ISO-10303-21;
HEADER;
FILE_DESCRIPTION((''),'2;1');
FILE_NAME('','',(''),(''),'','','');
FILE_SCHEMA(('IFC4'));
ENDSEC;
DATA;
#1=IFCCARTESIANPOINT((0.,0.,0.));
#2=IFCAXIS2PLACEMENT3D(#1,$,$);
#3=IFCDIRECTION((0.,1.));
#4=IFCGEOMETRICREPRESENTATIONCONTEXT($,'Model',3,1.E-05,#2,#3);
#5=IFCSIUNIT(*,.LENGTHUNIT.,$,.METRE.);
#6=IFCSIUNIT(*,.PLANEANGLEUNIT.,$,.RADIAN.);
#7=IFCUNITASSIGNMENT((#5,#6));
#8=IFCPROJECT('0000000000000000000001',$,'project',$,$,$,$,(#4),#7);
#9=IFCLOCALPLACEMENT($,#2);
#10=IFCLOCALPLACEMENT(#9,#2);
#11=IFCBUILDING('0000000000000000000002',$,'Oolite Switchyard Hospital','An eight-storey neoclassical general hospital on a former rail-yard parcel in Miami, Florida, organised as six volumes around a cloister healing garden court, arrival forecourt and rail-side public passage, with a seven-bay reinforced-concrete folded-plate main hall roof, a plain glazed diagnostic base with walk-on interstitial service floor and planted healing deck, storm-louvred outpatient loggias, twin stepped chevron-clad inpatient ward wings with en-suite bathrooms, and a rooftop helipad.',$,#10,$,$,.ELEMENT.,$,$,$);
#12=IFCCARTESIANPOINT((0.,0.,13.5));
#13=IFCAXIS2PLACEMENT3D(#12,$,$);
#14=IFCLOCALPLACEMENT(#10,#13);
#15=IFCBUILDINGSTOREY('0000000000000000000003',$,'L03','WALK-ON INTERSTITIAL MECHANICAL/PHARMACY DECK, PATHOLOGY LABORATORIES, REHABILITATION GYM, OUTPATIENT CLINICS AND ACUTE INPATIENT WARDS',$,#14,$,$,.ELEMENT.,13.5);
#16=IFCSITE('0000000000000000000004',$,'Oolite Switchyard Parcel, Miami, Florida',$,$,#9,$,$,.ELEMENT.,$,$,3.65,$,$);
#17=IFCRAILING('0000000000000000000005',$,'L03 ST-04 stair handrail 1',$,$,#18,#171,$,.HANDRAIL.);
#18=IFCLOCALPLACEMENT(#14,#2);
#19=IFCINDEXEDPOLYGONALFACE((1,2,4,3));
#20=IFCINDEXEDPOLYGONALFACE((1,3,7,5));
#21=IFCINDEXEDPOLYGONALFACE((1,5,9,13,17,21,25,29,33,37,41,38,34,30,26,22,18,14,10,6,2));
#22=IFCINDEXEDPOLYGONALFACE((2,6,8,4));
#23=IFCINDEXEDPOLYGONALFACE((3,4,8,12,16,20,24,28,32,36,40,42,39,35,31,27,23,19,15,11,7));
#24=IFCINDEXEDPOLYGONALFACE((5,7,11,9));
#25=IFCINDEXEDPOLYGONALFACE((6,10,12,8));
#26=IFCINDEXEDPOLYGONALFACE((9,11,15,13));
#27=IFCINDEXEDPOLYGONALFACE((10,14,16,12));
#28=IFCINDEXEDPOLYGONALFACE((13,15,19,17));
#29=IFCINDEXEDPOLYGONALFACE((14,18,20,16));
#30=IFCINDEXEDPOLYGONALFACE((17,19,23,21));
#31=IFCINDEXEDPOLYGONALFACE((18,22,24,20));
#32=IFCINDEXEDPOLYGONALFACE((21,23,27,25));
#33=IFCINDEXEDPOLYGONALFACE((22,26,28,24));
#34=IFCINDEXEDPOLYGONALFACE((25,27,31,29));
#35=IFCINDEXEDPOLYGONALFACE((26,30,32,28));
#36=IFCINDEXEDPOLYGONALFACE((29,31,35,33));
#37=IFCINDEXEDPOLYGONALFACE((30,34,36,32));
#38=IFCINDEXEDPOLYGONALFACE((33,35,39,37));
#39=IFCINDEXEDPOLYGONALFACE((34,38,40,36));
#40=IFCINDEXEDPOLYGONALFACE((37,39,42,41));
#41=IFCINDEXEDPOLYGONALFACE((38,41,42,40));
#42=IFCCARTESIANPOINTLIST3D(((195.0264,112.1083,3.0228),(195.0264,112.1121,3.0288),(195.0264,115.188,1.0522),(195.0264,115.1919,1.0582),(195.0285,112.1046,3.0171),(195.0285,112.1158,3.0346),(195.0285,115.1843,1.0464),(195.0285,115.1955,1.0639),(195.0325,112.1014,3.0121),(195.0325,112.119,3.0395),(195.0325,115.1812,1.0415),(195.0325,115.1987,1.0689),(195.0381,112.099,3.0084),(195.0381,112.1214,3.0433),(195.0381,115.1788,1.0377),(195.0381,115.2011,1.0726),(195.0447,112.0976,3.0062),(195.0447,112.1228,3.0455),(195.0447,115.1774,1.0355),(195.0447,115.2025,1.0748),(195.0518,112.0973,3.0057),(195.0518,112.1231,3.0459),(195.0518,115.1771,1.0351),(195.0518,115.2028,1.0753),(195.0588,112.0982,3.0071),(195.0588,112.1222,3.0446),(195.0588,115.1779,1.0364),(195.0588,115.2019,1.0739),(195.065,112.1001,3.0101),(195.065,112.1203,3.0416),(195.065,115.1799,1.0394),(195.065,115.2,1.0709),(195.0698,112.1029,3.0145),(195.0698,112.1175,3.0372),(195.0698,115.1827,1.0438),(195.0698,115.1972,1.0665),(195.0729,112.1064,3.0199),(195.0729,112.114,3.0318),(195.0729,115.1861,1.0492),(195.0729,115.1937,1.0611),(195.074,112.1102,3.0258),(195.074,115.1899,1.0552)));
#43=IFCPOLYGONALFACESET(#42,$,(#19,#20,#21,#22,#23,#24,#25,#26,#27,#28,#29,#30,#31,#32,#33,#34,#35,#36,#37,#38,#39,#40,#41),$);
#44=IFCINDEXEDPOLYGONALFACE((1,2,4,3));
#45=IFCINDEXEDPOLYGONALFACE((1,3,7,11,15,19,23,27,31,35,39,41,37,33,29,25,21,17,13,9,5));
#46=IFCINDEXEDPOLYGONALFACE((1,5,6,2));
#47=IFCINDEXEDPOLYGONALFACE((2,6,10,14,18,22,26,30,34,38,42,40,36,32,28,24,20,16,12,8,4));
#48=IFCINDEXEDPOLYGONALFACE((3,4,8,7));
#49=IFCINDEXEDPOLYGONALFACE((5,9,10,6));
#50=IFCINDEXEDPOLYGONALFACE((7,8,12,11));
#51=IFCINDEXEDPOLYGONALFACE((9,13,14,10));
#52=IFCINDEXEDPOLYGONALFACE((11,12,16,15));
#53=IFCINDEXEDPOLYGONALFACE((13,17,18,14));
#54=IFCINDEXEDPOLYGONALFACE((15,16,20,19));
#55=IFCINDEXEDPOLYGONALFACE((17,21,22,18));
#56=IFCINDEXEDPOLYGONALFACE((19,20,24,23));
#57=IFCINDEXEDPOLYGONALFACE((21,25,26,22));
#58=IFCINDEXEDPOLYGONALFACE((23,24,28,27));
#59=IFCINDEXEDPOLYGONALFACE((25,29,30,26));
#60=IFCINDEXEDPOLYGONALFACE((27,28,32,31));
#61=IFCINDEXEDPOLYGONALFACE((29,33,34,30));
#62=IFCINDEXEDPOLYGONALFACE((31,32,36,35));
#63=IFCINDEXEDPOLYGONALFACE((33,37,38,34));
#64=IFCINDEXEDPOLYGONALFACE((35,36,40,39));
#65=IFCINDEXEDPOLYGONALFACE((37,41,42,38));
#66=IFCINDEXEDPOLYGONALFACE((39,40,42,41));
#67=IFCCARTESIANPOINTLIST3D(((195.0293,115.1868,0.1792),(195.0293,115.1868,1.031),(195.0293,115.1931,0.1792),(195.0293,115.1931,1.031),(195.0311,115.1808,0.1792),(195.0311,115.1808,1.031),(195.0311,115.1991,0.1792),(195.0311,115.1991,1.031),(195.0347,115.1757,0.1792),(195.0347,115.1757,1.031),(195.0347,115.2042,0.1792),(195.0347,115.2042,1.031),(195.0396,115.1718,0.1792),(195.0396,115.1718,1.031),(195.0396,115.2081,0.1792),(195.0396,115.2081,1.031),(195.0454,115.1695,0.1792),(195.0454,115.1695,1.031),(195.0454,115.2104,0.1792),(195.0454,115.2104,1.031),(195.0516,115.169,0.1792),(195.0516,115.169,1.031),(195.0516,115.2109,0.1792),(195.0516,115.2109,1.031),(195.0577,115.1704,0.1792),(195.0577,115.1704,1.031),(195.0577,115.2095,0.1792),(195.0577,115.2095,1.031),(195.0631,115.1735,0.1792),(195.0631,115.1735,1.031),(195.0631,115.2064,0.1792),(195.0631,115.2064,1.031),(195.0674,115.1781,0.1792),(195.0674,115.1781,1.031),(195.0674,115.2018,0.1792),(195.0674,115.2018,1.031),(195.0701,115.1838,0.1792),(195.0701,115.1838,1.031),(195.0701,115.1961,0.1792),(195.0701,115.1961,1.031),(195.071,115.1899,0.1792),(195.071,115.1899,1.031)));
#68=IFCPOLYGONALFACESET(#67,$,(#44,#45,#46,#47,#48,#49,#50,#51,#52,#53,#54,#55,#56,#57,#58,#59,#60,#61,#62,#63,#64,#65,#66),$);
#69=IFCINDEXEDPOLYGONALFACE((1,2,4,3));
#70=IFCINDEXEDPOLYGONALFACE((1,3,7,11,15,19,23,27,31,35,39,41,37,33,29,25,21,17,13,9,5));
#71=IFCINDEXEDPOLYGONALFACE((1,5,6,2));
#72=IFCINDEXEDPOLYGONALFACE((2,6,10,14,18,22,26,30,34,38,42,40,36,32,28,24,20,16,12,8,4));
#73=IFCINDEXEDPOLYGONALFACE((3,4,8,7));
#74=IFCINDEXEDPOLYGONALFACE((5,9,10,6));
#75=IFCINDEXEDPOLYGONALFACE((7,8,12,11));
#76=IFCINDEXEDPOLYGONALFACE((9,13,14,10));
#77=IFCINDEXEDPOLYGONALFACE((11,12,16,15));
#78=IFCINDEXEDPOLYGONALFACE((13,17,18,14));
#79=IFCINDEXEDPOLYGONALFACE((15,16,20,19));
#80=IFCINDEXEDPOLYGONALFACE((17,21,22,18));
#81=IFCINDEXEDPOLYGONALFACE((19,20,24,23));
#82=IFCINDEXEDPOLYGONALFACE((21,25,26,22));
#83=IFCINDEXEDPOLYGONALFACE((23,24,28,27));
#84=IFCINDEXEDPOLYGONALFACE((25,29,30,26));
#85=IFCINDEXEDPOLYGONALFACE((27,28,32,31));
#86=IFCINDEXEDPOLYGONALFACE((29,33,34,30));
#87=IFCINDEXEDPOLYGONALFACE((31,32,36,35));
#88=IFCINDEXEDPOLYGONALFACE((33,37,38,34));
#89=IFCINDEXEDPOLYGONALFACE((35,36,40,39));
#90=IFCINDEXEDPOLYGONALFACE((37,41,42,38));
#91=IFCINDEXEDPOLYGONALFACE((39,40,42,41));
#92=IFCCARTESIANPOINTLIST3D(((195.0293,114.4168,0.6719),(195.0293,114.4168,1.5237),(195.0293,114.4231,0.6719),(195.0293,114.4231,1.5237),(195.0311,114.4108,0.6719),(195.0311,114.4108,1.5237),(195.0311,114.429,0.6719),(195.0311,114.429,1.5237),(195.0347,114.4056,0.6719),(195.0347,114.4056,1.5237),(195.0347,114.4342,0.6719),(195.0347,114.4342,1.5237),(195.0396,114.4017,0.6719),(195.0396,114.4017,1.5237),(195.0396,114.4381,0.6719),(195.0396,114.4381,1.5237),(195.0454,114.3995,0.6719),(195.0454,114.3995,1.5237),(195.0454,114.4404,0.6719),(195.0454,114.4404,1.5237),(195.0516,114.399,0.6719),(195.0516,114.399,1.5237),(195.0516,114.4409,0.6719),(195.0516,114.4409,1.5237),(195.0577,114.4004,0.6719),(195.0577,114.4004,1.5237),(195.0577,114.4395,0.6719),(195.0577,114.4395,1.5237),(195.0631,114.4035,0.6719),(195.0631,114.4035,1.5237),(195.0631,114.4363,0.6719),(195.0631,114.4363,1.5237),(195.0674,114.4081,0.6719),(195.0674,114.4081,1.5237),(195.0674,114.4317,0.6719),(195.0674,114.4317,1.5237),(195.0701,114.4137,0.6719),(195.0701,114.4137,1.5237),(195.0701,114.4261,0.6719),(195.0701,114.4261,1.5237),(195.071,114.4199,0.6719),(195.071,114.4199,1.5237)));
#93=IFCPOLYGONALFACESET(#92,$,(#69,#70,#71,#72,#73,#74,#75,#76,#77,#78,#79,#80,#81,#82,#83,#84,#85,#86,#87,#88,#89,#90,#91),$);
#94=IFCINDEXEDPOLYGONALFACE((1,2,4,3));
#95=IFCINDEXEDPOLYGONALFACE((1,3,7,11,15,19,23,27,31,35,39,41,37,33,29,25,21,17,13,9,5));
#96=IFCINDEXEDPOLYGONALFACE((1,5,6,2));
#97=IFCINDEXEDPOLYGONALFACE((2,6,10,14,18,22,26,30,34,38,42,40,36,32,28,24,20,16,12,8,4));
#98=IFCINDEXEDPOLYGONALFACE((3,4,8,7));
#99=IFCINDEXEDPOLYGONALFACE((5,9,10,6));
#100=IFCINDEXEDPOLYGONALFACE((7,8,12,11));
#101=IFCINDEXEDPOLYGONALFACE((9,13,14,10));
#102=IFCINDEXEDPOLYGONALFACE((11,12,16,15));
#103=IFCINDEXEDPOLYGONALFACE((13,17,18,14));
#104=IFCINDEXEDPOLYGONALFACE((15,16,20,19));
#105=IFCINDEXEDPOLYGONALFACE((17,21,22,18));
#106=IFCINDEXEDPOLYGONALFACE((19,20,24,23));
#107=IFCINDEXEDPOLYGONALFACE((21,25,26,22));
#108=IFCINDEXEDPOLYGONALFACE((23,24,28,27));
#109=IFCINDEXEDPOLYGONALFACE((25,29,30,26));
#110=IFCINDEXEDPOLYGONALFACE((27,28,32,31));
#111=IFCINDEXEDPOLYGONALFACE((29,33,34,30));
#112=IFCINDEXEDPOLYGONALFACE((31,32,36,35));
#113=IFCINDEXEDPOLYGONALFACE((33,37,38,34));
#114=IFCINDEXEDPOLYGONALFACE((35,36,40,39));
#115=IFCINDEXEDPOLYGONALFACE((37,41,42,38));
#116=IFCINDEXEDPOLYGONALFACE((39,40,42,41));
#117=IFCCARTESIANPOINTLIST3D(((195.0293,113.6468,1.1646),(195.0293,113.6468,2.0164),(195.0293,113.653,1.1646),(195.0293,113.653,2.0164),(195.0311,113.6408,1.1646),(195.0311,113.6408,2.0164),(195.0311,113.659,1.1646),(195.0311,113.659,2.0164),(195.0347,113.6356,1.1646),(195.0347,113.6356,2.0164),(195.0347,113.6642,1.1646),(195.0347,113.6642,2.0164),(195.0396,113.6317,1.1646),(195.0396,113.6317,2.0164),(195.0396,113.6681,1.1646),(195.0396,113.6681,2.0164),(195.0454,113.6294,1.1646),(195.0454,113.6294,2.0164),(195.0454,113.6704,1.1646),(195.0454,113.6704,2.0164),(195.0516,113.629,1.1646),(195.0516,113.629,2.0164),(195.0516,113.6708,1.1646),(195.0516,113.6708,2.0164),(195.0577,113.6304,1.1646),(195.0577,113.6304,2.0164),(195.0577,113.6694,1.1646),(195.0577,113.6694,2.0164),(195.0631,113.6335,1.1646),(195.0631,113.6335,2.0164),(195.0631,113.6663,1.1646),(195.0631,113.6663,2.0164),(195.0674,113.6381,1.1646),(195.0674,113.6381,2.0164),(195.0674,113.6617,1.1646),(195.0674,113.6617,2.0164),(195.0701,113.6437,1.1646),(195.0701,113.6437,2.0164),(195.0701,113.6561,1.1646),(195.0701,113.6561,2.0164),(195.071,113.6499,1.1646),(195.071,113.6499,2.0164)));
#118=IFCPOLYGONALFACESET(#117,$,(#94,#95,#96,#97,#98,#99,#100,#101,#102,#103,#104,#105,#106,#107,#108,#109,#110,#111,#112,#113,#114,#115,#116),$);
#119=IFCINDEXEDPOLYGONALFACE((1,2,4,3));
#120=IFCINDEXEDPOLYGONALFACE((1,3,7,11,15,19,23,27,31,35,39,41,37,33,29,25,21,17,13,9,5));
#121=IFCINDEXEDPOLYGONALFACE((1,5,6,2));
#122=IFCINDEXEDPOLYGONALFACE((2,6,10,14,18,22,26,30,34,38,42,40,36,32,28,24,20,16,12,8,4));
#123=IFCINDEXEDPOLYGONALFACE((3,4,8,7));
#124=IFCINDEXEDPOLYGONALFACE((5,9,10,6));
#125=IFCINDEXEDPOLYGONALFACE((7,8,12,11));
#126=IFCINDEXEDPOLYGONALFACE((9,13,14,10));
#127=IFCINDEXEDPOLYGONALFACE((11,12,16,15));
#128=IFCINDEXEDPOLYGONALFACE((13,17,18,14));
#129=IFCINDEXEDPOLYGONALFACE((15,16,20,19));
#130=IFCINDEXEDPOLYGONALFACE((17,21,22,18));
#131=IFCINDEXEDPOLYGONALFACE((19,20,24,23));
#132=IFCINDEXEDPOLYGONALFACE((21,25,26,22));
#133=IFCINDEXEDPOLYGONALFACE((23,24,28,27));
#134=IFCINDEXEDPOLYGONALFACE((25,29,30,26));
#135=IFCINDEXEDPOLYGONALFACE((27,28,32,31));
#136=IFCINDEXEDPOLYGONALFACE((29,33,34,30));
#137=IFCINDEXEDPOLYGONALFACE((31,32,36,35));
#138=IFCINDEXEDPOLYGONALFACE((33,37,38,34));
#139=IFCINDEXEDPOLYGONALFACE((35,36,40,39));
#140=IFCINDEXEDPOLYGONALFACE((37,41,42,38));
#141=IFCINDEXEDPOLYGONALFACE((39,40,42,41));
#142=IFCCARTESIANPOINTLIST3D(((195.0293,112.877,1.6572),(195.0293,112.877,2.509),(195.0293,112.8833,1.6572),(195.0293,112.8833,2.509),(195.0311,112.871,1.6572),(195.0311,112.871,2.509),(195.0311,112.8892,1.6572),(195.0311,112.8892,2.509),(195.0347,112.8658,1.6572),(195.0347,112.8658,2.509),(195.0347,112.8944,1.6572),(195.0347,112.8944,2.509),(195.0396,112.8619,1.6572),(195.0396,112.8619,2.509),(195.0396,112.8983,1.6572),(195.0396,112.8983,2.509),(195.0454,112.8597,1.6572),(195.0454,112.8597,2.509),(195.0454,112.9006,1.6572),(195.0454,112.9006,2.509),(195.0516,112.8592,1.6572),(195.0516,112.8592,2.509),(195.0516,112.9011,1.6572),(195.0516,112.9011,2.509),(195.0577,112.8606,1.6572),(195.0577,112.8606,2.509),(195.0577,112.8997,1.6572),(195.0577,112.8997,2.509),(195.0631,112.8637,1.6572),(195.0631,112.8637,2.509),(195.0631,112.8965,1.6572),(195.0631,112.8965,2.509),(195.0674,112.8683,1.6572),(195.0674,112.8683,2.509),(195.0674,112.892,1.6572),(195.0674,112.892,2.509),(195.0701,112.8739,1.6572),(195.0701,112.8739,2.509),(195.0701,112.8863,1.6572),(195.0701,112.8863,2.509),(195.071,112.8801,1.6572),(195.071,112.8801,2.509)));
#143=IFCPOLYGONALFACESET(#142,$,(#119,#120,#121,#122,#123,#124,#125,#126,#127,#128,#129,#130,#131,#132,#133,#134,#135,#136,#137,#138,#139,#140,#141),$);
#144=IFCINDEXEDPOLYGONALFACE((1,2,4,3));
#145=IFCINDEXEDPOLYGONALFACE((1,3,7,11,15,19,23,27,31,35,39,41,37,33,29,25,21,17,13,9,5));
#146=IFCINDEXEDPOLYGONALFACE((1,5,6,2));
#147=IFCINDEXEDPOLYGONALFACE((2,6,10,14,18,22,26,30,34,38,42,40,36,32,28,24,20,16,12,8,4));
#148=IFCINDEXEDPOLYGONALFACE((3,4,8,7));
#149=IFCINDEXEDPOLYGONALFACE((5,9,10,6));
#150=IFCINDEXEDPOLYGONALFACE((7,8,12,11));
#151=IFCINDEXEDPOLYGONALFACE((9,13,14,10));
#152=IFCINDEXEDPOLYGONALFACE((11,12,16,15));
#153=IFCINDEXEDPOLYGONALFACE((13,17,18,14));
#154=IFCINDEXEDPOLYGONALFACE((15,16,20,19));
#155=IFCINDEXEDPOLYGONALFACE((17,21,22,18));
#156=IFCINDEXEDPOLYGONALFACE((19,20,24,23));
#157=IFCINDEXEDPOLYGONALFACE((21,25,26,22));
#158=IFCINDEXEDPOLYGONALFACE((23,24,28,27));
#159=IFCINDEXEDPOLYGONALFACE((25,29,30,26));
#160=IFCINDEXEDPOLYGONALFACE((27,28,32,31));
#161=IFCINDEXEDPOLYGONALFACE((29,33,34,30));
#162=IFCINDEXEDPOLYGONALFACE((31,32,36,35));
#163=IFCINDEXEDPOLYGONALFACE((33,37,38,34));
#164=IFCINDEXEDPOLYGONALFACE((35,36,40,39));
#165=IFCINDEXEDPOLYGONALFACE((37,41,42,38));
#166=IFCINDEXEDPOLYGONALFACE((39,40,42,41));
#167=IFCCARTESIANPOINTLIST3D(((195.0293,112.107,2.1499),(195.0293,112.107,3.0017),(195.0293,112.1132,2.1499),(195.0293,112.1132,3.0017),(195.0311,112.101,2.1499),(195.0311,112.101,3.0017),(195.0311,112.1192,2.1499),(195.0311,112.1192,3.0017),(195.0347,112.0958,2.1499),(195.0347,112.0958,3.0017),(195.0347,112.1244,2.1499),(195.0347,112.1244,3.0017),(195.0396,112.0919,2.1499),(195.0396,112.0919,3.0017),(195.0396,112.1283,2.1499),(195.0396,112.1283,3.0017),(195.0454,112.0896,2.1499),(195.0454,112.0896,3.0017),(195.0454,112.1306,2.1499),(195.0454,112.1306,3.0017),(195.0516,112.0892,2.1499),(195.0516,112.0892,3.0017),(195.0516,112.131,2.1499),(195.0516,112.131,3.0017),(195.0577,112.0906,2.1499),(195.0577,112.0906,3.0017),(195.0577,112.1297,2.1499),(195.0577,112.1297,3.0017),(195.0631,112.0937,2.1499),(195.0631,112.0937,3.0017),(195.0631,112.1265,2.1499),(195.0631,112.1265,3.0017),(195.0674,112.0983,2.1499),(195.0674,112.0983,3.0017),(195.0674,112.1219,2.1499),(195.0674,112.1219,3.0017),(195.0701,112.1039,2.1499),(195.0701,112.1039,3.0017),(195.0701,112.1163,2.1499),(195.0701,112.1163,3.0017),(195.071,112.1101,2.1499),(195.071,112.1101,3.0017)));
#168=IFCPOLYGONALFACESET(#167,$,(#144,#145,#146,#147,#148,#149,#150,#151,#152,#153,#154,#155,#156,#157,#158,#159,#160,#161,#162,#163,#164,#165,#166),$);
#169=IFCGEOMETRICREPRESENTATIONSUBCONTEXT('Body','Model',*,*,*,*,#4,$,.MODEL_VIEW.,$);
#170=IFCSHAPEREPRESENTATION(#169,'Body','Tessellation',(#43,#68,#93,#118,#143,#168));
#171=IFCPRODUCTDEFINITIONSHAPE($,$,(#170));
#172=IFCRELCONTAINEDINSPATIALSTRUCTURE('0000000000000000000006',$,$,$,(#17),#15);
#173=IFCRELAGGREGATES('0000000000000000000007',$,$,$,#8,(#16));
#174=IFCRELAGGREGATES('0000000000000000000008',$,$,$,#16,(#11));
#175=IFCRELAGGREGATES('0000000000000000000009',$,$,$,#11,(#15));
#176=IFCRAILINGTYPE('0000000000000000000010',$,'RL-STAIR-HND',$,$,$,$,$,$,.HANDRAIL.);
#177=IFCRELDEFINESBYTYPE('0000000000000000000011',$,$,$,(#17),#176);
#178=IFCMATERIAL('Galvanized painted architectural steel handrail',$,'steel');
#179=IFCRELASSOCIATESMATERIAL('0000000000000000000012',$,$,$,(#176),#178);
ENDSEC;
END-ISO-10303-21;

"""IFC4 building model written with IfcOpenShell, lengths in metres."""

from ifc_helpers import new_model, si_unit, direction, frame, origin, origin_2d, place, context, subcontext, project, spatial, circle, extrude, material, type_object, element, save


model = new_model("IFC4")

# Units and contexts
model_context = context("Model", 3, precision=1e-05, world=origin(), true_north=direction((0.0, 1.0)))
body_context = subcontext(model_context, "Body", "Model", "MODEL_VIEW")
ifc_project = project(units=[si_unit("LENGTHUNIT", "METRE"), si_unit("PLANEANGLEUNIT", "RADIAN")], contexts=[model_context])

# Site, building, storey
site_placement = place(None, origin())
site = spatial("IfcSite", under=ifc_project, at=site_placement, Name="Oolite Switchyard Parcel, Miami, Florida", CompositionType="ELEMENT", RefElevation=3.65)
building_placement = place(site_placement, origin())
building = spatial("IfcBuilding", under=site, at=building_placement, Name="Oolite Switchyard Hospital", Description="An eight-storey neoclassical general hospital on a former rail-yard parcel in Miami, Florida, organised as six volumes around a cloister healing garden court, arrival forecourt and rail-side public passage, with a seven-bay reinforced-concrete folded-plate main hall roof, a plain glazed diagnostic base with walk-on interstitial service floor and planted healing deck, storm-louvred outpatient loggias, twin stepped chevron-clad inpatient ward wings with en-suite bathrooms, and a rooftop helipad.", CompositionType="ELEMENT")
storey_placement = place(building_placement, frame((0.0, 0.0, 13.5)))
storey = spatial("IfcBuildingStorey", under=building, at=storey_placement, Name="L03", Description="WALK-ON INTERSTITIAL MECHANICAL/PHARMACY DECK, PATHOLOGY LABORATORIES, REHABILITATION GYM, OUTPATIENT CLINICS AND ACUTE INPATIENT WARDS", CompositionType="ELEMENT", Elevation=13.5)

# Railing
ifc_material_1 = material(Name="Galvanized painted architectural steel handrail", Category="steel")
railing_type_1 = type_object("IfcRailingType", Name="RL-STAIR-HND", PredefinedType="HANDRAIL", material=ifc_material_1)
railing_1_placement = place(storey_placement, frame((195.05, 115.1899, 0.1792)))
element("IfcRailing", 1, at=railing_1_placement, inside=storey, type_object=railing_type_1, Name="L03 ST-04 stair handrail 1", PredefinedType="HANDRAIL", context=body_context, shape_type="SweptSolid", body=[
    extrude(circle(Radius=0.0239, at=origin_2d()), frame((0.0, 0.0, 0.876), z_axis=(0.0, -0.84232, 0.538978), x_axis=(1.0, 0.0, 0.0)), (0.0, 0.0, 1.0), 3.6562),
    extrude(circle(Radius=0.021, at=origin_2d()), origin(), (0.0, 0.0, 1.0), 0.8518),
    extrude(circle(Radius=0.021, at=origin_2d()), frame((0.0, -0.77, 0.4927)), (0.0, 0.0, 1.0), 0.8518),
    extrude(circle(Radius=0.021, at=origin_2d()), frame((0.0, -1.54, 0.9854)), (0.0, 0.0, 1.0), 0.8518),
    extrude(circle(Radius=0.021, at=origin_2d()), frame((0.0, -2.3098, 1.478)), (0.0, 0.0, 1.0), 0.8518),
    extrude(circle(Radius=0.021, at=origin_2d()), frame((0.0, -3.0798, 1.9707)), (0.0, 0.0, 1.0), 0.8518),
])

save(model, "model.ifc")
